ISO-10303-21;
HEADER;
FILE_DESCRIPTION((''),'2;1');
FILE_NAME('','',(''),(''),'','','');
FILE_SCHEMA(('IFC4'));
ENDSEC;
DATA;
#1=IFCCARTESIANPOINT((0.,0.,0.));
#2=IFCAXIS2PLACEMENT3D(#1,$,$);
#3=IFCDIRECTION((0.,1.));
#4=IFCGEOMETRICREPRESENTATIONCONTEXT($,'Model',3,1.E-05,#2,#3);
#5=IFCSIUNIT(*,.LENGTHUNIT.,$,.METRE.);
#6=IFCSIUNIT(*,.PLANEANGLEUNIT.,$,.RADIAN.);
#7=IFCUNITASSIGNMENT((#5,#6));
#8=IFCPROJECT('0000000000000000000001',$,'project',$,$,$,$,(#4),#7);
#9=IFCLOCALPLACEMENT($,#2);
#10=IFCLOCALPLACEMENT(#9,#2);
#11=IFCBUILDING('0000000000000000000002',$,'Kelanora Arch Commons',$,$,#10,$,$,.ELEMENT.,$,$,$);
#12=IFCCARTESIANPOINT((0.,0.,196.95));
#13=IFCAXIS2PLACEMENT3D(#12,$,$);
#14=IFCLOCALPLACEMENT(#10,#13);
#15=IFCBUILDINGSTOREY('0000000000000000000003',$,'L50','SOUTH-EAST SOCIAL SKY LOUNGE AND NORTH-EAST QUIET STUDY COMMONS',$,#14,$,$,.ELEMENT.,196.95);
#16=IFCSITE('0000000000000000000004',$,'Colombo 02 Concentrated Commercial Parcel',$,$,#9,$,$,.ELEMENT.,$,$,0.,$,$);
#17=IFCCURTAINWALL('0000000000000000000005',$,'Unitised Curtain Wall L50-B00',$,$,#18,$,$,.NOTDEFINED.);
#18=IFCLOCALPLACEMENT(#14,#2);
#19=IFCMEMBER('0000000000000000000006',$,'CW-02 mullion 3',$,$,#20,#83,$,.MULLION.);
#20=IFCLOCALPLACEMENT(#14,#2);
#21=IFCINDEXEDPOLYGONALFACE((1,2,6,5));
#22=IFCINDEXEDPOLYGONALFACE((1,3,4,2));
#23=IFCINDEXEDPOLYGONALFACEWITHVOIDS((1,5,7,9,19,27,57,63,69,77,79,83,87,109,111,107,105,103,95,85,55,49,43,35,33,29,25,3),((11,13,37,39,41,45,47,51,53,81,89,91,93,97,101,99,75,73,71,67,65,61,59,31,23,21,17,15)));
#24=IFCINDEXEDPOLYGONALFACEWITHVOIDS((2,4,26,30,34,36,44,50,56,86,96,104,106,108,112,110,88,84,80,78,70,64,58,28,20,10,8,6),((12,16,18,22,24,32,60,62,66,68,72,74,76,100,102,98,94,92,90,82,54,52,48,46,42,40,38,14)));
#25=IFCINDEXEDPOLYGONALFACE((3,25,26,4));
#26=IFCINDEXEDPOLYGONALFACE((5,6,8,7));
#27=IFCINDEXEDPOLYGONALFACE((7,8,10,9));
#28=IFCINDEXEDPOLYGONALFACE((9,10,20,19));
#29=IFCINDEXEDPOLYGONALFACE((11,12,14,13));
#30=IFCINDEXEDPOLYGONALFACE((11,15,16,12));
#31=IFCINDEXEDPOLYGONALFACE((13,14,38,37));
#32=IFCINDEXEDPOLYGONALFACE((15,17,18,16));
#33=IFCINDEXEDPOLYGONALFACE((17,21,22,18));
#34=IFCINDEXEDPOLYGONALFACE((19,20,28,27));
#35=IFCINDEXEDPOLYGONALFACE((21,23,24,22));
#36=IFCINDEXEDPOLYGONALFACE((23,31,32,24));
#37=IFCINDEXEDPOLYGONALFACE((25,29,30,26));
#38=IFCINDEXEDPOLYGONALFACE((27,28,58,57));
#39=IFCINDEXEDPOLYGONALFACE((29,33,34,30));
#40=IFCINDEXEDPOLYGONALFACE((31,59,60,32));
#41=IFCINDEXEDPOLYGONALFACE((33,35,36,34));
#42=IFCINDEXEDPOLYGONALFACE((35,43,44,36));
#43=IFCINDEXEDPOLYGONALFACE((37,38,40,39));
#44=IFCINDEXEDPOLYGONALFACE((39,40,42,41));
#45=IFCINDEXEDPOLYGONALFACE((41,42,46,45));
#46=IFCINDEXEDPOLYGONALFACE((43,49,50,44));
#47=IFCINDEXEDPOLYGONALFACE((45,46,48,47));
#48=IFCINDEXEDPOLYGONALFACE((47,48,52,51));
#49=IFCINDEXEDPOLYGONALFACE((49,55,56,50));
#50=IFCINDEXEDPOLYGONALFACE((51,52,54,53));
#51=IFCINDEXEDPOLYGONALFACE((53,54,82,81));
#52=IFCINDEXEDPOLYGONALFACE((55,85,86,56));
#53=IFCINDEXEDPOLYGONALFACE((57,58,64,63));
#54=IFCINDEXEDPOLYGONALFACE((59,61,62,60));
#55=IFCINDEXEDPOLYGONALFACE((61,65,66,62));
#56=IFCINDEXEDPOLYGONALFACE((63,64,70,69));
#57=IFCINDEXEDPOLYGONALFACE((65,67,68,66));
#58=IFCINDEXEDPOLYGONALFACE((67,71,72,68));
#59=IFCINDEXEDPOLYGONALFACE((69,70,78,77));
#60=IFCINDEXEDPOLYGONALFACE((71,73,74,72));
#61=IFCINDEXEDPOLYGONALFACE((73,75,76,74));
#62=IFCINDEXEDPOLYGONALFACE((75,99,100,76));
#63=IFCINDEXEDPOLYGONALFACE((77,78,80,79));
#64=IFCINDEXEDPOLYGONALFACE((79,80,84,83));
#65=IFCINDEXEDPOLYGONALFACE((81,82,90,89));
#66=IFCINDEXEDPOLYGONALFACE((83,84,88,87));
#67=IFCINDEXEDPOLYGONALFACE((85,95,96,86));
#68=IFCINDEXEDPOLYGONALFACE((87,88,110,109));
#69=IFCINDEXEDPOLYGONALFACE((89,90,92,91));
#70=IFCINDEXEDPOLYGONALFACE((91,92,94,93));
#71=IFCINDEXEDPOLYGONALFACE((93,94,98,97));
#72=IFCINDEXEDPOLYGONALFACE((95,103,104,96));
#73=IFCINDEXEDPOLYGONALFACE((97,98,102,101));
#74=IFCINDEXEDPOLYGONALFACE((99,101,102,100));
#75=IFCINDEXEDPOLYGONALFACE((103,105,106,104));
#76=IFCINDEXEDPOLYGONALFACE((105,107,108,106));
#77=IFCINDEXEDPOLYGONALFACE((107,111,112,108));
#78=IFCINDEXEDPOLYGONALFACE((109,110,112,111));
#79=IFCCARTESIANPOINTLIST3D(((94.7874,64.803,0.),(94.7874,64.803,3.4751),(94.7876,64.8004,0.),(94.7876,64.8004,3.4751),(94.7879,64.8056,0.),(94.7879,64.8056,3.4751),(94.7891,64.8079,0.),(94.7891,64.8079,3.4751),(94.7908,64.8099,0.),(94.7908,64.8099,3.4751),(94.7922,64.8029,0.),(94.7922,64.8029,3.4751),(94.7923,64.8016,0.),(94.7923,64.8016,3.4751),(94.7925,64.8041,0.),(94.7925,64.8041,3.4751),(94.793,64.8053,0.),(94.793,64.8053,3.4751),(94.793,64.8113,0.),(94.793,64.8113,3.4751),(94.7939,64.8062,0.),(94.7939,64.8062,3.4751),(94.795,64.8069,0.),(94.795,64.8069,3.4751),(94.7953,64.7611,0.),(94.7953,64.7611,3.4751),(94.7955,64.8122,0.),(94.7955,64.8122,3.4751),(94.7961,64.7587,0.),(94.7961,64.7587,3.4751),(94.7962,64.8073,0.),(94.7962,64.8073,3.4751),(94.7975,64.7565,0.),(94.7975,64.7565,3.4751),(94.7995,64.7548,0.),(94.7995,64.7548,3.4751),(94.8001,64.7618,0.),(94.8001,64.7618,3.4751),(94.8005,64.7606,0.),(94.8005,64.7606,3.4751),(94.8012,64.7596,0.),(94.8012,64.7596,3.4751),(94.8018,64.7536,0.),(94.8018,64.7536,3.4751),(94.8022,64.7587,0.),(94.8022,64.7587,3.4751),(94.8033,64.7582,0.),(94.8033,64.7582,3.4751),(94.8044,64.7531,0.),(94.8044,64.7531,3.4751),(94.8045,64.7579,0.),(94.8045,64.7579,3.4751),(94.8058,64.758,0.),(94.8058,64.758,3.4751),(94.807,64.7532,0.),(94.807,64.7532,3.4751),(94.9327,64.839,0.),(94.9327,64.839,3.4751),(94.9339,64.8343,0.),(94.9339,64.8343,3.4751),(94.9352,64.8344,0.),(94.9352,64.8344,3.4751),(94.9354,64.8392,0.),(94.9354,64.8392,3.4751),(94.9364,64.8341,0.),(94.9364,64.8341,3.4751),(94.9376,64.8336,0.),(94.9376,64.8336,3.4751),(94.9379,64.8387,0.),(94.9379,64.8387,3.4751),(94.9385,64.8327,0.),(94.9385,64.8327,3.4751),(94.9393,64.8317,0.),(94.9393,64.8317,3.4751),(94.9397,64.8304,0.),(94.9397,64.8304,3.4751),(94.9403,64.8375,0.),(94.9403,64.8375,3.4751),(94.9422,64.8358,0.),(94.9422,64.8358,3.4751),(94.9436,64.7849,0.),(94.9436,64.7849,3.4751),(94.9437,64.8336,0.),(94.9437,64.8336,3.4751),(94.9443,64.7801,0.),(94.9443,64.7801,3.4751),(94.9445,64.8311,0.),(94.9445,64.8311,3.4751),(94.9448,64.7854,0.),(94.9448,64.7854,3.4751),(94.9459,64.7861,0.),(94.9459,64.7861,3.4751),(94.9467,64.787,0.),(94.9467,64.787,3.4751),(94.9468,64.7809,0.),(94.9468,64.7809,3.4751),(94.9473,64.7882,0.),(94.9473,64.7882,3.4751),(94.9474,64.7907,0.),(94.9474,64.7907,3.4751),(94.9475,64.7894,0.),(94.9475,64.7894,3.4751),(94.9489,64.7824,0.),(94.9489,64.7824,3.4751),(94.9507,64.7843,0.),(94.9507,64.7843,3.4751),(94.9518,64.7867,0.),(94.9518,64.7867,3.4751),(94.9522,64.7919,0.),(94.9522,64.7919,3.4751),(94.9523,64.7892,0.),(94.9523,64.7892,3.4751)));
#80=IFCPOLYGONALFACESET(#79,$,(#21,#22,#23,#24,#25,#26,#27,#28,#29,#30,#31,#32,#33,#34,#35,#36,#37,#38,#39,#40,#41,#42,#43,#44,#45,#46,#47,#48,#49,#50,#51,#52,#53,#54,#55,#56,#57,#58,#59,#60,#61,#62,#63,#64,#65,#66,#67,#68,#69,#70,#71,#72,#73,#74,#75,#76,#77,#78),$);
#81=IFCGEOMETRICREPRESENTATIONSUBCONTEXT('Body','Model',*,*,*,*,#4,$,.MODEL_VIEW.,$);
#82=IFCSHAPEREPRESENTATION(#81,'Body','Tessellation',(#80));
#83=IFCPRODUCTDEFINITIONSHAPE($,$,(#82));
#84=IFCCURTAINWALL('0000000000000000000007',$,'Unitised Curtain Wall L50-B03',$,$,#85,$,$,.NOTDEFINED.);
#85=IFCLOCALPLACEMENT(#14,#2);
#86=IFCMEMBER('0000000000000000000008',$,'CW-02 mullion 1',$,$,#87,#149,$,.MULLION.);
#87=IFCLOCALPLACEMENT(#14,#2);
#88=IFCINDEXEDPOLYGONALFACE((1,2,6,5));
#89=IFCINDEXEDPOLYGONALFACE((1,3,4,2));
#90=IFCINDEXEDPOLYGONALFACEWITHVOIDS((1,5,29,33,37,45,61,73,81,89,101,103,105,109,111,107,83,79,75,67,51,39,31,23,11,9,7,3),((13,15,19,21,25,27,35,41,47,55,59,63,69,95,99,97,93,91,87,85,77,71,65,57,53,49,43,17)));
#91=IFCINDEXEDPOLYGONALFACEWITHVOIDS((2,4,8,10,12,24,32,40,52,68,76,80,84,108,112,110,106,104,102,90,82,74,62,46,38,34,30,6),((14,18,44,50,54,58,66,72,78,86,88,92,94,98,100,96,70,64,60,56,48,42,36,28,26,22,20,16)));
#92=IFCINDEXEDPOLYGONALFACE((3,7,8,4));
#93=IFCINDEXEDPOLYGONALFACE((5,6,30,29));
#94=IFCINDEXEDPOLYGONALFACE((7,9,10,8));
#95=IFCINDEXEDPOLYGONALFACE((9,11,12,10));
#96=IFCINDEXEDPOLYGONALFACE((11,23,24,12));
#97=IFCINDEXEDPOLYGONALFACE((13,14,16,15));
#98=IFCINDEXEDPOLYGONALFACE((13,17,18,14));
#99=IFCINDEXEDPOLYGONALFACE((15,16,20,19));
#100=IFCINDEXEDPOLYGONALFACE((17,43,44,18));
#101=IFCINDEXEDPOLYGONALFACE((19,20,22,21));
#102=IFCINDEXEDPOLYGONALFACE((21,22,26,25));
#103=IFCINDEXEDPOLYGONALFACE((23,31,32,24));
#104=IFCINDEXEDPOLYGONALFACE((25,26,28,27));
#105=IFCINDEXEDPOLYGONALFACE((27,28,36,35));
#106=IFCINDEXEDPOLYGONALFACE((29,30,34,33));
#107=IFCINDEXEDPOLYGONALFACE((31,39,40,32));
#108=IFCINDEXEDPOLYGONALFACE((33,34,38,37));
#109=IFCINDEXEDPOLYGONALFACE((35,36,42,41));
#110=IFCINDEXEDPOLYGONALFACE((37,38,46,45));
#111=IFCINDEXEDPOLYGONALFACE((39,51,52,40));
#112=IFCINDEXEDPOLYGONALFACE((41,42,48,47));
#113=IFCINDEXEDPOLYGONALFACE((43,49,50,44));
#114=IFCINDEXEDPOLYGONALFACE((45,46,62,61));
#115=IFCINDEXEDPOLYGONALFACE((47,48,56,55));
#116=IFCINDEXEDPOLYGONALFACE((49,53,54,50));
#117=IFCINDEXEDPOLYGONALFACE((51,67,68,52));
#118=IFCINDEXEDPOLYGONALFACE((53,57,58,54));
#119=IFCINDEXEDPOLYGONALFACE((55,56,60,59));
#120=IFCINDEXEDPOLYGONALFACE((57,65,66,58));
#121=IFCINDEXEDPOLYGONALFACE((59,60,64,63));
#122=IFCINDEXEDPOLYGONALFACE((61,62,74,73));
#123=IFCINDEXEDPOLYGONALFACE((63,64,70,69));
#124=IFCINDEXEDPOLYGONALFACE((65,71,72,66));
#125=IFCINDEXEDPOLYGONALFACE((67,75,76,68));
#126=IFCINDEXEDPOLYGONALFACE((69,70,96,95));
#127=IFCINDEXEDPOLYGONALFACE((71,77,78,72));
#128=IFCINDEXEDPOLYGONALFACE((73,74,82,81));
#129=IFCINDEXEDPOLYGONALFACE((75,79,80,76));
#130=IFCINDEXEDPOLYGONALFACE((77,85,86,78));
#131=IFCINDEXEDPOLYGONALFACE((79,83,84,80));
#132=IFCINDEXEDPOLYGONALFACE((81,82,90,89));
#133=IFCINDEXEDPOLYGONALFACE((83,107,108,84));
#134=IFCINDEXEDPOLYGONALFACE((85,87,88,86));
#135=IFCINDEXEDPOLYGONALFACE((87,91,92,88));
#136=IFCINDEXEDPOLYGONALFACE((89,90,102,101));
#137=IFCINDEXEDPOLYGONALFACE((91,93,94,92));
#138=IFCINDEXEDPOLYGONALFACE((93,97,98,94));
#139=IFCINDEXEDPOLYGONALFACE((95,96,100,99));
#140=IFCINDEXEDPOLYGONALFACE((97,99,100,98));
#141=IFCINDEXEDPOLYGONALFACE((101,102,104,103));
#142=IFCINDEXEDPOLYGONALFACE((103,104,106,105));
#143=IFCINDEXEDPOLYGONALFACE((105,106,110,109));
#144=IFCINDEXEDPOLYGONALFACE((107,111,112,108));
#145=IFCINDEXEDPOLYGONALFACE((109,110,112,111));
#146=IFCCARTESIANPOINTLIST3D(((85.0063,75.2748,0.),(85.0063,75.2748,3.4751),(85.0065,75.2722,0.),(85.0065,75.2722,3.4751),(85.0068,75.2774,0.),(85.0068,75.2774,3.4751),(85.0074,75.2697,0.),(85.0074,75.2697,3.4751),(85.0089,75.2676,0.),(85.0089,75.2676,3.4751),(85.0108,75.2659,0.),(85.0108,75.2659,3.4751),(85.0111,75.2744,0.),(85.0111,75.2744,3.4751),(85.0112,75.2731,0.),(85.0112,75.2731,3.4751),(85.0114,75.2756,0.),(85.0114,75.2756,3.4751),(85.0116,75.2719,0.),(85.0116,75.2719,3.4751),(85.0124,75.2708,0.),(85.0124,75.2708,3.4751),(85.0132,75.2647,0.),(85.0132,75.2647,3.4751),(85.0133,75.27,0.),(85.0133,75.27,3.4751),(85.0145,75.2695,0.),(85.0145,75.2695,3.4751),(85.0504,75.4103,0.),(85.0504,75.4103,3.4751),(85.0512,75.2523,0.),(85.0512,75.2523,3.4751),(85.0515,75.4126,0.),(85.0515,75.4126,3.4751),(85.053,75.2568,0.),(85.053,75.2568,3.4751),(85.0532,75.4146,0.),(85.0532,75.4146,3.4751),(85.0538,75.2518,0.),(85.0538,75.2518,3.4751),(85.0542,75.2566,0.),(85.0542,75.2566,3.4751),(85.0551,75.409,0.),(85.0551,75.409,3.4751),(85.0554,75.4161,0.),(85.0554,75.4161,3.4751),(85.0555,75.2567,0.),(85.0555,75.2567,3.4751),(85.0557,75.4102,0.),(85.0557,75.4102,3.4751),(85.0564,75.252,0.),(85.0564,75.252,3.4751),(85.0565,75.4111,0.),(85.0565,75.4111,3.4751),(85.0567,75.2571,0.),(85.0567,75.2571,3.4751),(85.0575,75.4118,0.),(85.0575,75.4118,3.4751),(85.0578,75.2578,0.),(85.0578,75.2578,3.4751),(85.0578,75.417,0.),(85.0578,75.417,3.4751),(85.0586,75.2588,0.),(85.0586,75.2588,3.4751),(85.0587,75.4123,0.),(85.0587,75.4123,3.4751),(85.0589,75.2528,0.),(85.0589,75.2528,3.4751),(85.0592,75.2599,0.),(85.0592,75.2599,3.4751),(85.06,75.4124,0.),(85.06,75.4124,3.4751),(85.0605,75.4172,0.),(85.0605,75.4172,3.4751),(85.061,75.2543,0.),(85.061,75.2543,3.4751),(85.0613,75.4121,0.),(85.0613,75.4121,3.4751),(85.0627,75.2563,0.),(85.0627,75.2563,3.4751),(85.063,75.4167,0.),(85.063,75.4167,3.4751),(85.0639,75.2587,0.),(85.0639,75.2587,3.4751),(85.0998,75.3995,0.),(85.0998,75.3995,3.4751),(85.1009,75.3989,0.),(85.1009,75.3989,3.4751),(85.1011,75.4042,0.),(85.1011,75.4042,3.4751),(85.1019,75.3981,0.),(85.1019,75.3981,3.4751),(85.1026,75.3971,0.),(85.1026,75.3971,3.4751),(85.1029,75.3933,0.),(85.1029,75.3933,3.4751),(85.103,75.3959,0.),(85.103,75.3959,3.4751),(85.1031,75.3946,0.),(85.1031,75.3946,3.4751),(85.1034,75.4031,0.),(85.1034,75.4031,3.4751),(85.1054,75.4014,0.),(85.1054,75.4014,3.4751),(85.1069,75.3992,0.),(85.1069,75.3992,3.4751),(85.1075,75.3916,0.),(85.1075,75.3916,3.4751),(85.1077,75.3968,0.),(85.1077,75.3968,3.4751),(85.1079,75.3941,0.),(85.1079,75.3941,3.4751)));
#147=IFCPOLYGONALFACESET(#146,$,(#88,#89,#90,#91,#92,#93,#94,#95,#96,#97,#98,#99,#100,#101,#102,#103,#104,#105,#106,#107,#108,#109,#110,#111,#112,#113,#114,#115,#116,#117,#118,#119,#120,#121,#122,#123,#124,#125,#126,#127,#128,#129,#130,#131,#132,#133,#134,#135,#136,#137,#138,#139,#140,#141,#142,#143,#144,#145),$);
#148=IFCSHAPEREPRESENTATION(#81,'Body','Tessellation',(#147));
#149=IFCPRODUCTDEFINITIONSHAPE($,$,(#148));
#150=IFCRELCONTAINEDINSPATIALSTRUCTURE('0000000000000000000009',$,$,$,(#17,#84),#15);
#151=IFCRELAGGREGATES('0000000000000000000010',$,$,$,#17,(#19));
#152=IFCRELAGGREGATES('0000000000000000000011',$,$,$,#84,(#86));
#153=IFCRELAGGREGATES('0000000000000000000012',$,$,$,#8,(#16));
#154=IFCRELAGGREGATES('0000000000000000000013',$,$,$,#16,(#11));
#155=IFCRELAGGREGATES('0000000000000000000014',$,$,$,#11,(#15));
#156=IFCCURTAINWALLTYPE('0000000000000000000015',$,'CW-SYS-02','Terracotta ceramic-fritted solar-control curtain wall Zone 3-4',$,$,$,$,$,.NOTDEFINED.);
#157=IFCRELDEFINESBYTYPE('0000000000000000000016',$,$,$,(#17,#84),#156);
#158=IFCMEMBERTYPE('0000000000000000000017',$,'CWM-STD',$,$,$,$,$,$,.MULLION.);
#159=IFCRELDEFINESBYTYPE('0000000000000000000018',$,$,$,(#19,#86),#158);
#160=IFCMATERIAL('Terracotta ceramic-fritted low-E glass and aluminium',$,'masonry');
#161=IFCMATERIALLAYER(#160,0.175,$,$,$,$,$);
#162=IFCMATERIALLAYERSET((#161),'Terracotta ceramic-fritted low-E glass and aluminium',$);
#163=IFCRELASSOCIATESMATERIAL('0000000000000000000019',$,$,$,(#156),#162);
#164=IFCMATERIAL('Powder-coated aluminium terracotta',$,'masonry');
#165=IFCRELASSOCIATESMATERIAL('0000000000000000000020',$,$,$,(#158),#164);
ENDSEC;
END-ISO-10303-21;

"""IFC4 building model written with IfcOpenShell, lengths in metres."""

from ifc_helpers import new_model, si_unit, direction, frame, origin, origin_2d, place, context, subcontext, project, spatial, hollow_rectangle, extrude, material, layer, layer_set, material_profile, profile_set, type_object, element, aggregate, save


model = new_model("IFC4")

# Units and contexts
model_context = context("Model", 3, precision=1e-05, world=origin(), true_north=direction((0.0, 1.0)))
body_context = subcontext(model_context, "Body", "Model", "MODEL_VIEW")
ifc_project = project(units=[si_unit("LENGTHUNIT", "METRE"), si_unit("PLANEANGLEUNIT", "RADIAN")], contexts=[model_context])

# Site, building, storey
site_placement = place(None, origin())
site = spatial("IfcSite", under=ifc_project, at=site_placement, Name="Colombo 02 Concentrated Commercial Parcel", CompositionType="ELEMENT", RefElevation=0.0)
building_placement = place(site_placement, origin())
building = spatial("IfcBuilding", under=site, at=building_placement, Name="Kelanora Arch Commons", CompositionType="ELEMENT")
storey_placement = place(building_placement, frame((0.0, 0.0, 196.95)))
storey = spatial("IfcBuildingStorey", under=building, at=storey_placement, Name="L50", Description="SOUTH-EAST SOCIAL SKY LOUNGE AND NORTH-EAST QUIET STUDY COMMONS", CompositionType="ELEMENT", Elevation=196.95)

# Curtain wall, member
ifc_material_1 = material(Name="Terracotta ceramic-fritted low-E glass and aluminium", Category="masonry")
ifc_layer_1 = layer(ifc_material_1, 0.175)
ifc_layer_set_1 = layer_set([ifc_layer_1], Name="Terracotta ceramic-fritted low-E glass and aluminium")
curtain_wall_type = type_object("IfcCurtainWallType", Name="CW-SYS-02", Description="Terracotta ceramic-fritted solar-control curtain wall Zone 3-4", PredefinedType="NOTDEFINED", material=ifc_layer_set_1)
curtain_wall_1_placement = place(storey_placement, origin())
curtain_wall_1 = element("IfcCurtainWall", 1, at=curtain_wall_1_placement, inside=storey, type_object=curtain_wall_type, Name="Unitised Curtain Wall L50-B00", PredefinedType="NOTDEFINED")
ifc_material_2 = material(Name="Powder-coated aluminium terracotta", Category="masonry")
ifc_material_profile_1 = material_profile(ifc_material_2, hollow_rectangle(XDim=0.1599, YDim=0.0601, WallThickness=0.0049, InnerFilletRadius=0.0049, OuterFilletRadius=0.01, at=origin_2d()), Name="CWM160x60")
ifc_profile_set_1 = profile_set([ifc_material_profile_1], Name="Powder-coated aluminium terracotta")
member_type_1 = type_object("IfcMemberType", Name="CWM-STD", PredefinedType="MULLION", material=ifc_profile_set_1)
member_1_placement = place(storey_placement, frame((94.8699, 64.7961, 0.0), z_axis=(0.0, 0.0, 1.0), x_axis=(-0.981381, -0.192069, 0.0)))
member_1 = element("IfcMember", 2, at=member_1_placement, type_object=member_type_1, Name="CW-02 mullion 3", PredefinedType="MULLION", context=body_context, shape_type="SweptSolid", body=[
    extrude(hollow_rectangle(XDim=0.1599, YDim=0.0601, WallThickness=0.0049, InnerFilletRadius=0.0049, OuterFilletRadius=0.01, at=origin_2d()), origin(), (0.0, 0.0, 1.0), 3.4751),
])
aggregate(curtain_wall_1, [member_1])

# Curtain wall, member
curtain_wall_2_placement = place(storey_placement, origin())
curtain_wall_2 = element("IfcCurtainWall", 3, at=curtain_wall_2_placement, inside=storey, type_object=curtain_wall_type, Name="Unitised Curtain Wall L50-B03", PredefinedType="NOTDEFINED")
member_2_placement = place(storey_placement, frame((85.0571, 75.3345, 0.0), z_axis=(0.0, 0.0, 1.0), x_axis=(-0.311582, -0.950219, 0.0)))
member_2 = element("IfcMember", 4, at=member_2_placement, type_object=member_type_1, Name="CW-02 mullion 1", PredefinedType="MULLION", context=body_context, shape_type="SweptSolid", body=[
    extrude(hollow_rectangle(XDim=0.1599, YDim=0.0601, WallThickness=0.0049, InnerFilletRadius=0.0049, OuterFilletRadius=0.01, at=origin_2d()), origin(), (0.0, 0.0, 1.0), 3.4751),
])
aggregate(curtain_wall_2, [member_2])

save(model, "model.ifc")
